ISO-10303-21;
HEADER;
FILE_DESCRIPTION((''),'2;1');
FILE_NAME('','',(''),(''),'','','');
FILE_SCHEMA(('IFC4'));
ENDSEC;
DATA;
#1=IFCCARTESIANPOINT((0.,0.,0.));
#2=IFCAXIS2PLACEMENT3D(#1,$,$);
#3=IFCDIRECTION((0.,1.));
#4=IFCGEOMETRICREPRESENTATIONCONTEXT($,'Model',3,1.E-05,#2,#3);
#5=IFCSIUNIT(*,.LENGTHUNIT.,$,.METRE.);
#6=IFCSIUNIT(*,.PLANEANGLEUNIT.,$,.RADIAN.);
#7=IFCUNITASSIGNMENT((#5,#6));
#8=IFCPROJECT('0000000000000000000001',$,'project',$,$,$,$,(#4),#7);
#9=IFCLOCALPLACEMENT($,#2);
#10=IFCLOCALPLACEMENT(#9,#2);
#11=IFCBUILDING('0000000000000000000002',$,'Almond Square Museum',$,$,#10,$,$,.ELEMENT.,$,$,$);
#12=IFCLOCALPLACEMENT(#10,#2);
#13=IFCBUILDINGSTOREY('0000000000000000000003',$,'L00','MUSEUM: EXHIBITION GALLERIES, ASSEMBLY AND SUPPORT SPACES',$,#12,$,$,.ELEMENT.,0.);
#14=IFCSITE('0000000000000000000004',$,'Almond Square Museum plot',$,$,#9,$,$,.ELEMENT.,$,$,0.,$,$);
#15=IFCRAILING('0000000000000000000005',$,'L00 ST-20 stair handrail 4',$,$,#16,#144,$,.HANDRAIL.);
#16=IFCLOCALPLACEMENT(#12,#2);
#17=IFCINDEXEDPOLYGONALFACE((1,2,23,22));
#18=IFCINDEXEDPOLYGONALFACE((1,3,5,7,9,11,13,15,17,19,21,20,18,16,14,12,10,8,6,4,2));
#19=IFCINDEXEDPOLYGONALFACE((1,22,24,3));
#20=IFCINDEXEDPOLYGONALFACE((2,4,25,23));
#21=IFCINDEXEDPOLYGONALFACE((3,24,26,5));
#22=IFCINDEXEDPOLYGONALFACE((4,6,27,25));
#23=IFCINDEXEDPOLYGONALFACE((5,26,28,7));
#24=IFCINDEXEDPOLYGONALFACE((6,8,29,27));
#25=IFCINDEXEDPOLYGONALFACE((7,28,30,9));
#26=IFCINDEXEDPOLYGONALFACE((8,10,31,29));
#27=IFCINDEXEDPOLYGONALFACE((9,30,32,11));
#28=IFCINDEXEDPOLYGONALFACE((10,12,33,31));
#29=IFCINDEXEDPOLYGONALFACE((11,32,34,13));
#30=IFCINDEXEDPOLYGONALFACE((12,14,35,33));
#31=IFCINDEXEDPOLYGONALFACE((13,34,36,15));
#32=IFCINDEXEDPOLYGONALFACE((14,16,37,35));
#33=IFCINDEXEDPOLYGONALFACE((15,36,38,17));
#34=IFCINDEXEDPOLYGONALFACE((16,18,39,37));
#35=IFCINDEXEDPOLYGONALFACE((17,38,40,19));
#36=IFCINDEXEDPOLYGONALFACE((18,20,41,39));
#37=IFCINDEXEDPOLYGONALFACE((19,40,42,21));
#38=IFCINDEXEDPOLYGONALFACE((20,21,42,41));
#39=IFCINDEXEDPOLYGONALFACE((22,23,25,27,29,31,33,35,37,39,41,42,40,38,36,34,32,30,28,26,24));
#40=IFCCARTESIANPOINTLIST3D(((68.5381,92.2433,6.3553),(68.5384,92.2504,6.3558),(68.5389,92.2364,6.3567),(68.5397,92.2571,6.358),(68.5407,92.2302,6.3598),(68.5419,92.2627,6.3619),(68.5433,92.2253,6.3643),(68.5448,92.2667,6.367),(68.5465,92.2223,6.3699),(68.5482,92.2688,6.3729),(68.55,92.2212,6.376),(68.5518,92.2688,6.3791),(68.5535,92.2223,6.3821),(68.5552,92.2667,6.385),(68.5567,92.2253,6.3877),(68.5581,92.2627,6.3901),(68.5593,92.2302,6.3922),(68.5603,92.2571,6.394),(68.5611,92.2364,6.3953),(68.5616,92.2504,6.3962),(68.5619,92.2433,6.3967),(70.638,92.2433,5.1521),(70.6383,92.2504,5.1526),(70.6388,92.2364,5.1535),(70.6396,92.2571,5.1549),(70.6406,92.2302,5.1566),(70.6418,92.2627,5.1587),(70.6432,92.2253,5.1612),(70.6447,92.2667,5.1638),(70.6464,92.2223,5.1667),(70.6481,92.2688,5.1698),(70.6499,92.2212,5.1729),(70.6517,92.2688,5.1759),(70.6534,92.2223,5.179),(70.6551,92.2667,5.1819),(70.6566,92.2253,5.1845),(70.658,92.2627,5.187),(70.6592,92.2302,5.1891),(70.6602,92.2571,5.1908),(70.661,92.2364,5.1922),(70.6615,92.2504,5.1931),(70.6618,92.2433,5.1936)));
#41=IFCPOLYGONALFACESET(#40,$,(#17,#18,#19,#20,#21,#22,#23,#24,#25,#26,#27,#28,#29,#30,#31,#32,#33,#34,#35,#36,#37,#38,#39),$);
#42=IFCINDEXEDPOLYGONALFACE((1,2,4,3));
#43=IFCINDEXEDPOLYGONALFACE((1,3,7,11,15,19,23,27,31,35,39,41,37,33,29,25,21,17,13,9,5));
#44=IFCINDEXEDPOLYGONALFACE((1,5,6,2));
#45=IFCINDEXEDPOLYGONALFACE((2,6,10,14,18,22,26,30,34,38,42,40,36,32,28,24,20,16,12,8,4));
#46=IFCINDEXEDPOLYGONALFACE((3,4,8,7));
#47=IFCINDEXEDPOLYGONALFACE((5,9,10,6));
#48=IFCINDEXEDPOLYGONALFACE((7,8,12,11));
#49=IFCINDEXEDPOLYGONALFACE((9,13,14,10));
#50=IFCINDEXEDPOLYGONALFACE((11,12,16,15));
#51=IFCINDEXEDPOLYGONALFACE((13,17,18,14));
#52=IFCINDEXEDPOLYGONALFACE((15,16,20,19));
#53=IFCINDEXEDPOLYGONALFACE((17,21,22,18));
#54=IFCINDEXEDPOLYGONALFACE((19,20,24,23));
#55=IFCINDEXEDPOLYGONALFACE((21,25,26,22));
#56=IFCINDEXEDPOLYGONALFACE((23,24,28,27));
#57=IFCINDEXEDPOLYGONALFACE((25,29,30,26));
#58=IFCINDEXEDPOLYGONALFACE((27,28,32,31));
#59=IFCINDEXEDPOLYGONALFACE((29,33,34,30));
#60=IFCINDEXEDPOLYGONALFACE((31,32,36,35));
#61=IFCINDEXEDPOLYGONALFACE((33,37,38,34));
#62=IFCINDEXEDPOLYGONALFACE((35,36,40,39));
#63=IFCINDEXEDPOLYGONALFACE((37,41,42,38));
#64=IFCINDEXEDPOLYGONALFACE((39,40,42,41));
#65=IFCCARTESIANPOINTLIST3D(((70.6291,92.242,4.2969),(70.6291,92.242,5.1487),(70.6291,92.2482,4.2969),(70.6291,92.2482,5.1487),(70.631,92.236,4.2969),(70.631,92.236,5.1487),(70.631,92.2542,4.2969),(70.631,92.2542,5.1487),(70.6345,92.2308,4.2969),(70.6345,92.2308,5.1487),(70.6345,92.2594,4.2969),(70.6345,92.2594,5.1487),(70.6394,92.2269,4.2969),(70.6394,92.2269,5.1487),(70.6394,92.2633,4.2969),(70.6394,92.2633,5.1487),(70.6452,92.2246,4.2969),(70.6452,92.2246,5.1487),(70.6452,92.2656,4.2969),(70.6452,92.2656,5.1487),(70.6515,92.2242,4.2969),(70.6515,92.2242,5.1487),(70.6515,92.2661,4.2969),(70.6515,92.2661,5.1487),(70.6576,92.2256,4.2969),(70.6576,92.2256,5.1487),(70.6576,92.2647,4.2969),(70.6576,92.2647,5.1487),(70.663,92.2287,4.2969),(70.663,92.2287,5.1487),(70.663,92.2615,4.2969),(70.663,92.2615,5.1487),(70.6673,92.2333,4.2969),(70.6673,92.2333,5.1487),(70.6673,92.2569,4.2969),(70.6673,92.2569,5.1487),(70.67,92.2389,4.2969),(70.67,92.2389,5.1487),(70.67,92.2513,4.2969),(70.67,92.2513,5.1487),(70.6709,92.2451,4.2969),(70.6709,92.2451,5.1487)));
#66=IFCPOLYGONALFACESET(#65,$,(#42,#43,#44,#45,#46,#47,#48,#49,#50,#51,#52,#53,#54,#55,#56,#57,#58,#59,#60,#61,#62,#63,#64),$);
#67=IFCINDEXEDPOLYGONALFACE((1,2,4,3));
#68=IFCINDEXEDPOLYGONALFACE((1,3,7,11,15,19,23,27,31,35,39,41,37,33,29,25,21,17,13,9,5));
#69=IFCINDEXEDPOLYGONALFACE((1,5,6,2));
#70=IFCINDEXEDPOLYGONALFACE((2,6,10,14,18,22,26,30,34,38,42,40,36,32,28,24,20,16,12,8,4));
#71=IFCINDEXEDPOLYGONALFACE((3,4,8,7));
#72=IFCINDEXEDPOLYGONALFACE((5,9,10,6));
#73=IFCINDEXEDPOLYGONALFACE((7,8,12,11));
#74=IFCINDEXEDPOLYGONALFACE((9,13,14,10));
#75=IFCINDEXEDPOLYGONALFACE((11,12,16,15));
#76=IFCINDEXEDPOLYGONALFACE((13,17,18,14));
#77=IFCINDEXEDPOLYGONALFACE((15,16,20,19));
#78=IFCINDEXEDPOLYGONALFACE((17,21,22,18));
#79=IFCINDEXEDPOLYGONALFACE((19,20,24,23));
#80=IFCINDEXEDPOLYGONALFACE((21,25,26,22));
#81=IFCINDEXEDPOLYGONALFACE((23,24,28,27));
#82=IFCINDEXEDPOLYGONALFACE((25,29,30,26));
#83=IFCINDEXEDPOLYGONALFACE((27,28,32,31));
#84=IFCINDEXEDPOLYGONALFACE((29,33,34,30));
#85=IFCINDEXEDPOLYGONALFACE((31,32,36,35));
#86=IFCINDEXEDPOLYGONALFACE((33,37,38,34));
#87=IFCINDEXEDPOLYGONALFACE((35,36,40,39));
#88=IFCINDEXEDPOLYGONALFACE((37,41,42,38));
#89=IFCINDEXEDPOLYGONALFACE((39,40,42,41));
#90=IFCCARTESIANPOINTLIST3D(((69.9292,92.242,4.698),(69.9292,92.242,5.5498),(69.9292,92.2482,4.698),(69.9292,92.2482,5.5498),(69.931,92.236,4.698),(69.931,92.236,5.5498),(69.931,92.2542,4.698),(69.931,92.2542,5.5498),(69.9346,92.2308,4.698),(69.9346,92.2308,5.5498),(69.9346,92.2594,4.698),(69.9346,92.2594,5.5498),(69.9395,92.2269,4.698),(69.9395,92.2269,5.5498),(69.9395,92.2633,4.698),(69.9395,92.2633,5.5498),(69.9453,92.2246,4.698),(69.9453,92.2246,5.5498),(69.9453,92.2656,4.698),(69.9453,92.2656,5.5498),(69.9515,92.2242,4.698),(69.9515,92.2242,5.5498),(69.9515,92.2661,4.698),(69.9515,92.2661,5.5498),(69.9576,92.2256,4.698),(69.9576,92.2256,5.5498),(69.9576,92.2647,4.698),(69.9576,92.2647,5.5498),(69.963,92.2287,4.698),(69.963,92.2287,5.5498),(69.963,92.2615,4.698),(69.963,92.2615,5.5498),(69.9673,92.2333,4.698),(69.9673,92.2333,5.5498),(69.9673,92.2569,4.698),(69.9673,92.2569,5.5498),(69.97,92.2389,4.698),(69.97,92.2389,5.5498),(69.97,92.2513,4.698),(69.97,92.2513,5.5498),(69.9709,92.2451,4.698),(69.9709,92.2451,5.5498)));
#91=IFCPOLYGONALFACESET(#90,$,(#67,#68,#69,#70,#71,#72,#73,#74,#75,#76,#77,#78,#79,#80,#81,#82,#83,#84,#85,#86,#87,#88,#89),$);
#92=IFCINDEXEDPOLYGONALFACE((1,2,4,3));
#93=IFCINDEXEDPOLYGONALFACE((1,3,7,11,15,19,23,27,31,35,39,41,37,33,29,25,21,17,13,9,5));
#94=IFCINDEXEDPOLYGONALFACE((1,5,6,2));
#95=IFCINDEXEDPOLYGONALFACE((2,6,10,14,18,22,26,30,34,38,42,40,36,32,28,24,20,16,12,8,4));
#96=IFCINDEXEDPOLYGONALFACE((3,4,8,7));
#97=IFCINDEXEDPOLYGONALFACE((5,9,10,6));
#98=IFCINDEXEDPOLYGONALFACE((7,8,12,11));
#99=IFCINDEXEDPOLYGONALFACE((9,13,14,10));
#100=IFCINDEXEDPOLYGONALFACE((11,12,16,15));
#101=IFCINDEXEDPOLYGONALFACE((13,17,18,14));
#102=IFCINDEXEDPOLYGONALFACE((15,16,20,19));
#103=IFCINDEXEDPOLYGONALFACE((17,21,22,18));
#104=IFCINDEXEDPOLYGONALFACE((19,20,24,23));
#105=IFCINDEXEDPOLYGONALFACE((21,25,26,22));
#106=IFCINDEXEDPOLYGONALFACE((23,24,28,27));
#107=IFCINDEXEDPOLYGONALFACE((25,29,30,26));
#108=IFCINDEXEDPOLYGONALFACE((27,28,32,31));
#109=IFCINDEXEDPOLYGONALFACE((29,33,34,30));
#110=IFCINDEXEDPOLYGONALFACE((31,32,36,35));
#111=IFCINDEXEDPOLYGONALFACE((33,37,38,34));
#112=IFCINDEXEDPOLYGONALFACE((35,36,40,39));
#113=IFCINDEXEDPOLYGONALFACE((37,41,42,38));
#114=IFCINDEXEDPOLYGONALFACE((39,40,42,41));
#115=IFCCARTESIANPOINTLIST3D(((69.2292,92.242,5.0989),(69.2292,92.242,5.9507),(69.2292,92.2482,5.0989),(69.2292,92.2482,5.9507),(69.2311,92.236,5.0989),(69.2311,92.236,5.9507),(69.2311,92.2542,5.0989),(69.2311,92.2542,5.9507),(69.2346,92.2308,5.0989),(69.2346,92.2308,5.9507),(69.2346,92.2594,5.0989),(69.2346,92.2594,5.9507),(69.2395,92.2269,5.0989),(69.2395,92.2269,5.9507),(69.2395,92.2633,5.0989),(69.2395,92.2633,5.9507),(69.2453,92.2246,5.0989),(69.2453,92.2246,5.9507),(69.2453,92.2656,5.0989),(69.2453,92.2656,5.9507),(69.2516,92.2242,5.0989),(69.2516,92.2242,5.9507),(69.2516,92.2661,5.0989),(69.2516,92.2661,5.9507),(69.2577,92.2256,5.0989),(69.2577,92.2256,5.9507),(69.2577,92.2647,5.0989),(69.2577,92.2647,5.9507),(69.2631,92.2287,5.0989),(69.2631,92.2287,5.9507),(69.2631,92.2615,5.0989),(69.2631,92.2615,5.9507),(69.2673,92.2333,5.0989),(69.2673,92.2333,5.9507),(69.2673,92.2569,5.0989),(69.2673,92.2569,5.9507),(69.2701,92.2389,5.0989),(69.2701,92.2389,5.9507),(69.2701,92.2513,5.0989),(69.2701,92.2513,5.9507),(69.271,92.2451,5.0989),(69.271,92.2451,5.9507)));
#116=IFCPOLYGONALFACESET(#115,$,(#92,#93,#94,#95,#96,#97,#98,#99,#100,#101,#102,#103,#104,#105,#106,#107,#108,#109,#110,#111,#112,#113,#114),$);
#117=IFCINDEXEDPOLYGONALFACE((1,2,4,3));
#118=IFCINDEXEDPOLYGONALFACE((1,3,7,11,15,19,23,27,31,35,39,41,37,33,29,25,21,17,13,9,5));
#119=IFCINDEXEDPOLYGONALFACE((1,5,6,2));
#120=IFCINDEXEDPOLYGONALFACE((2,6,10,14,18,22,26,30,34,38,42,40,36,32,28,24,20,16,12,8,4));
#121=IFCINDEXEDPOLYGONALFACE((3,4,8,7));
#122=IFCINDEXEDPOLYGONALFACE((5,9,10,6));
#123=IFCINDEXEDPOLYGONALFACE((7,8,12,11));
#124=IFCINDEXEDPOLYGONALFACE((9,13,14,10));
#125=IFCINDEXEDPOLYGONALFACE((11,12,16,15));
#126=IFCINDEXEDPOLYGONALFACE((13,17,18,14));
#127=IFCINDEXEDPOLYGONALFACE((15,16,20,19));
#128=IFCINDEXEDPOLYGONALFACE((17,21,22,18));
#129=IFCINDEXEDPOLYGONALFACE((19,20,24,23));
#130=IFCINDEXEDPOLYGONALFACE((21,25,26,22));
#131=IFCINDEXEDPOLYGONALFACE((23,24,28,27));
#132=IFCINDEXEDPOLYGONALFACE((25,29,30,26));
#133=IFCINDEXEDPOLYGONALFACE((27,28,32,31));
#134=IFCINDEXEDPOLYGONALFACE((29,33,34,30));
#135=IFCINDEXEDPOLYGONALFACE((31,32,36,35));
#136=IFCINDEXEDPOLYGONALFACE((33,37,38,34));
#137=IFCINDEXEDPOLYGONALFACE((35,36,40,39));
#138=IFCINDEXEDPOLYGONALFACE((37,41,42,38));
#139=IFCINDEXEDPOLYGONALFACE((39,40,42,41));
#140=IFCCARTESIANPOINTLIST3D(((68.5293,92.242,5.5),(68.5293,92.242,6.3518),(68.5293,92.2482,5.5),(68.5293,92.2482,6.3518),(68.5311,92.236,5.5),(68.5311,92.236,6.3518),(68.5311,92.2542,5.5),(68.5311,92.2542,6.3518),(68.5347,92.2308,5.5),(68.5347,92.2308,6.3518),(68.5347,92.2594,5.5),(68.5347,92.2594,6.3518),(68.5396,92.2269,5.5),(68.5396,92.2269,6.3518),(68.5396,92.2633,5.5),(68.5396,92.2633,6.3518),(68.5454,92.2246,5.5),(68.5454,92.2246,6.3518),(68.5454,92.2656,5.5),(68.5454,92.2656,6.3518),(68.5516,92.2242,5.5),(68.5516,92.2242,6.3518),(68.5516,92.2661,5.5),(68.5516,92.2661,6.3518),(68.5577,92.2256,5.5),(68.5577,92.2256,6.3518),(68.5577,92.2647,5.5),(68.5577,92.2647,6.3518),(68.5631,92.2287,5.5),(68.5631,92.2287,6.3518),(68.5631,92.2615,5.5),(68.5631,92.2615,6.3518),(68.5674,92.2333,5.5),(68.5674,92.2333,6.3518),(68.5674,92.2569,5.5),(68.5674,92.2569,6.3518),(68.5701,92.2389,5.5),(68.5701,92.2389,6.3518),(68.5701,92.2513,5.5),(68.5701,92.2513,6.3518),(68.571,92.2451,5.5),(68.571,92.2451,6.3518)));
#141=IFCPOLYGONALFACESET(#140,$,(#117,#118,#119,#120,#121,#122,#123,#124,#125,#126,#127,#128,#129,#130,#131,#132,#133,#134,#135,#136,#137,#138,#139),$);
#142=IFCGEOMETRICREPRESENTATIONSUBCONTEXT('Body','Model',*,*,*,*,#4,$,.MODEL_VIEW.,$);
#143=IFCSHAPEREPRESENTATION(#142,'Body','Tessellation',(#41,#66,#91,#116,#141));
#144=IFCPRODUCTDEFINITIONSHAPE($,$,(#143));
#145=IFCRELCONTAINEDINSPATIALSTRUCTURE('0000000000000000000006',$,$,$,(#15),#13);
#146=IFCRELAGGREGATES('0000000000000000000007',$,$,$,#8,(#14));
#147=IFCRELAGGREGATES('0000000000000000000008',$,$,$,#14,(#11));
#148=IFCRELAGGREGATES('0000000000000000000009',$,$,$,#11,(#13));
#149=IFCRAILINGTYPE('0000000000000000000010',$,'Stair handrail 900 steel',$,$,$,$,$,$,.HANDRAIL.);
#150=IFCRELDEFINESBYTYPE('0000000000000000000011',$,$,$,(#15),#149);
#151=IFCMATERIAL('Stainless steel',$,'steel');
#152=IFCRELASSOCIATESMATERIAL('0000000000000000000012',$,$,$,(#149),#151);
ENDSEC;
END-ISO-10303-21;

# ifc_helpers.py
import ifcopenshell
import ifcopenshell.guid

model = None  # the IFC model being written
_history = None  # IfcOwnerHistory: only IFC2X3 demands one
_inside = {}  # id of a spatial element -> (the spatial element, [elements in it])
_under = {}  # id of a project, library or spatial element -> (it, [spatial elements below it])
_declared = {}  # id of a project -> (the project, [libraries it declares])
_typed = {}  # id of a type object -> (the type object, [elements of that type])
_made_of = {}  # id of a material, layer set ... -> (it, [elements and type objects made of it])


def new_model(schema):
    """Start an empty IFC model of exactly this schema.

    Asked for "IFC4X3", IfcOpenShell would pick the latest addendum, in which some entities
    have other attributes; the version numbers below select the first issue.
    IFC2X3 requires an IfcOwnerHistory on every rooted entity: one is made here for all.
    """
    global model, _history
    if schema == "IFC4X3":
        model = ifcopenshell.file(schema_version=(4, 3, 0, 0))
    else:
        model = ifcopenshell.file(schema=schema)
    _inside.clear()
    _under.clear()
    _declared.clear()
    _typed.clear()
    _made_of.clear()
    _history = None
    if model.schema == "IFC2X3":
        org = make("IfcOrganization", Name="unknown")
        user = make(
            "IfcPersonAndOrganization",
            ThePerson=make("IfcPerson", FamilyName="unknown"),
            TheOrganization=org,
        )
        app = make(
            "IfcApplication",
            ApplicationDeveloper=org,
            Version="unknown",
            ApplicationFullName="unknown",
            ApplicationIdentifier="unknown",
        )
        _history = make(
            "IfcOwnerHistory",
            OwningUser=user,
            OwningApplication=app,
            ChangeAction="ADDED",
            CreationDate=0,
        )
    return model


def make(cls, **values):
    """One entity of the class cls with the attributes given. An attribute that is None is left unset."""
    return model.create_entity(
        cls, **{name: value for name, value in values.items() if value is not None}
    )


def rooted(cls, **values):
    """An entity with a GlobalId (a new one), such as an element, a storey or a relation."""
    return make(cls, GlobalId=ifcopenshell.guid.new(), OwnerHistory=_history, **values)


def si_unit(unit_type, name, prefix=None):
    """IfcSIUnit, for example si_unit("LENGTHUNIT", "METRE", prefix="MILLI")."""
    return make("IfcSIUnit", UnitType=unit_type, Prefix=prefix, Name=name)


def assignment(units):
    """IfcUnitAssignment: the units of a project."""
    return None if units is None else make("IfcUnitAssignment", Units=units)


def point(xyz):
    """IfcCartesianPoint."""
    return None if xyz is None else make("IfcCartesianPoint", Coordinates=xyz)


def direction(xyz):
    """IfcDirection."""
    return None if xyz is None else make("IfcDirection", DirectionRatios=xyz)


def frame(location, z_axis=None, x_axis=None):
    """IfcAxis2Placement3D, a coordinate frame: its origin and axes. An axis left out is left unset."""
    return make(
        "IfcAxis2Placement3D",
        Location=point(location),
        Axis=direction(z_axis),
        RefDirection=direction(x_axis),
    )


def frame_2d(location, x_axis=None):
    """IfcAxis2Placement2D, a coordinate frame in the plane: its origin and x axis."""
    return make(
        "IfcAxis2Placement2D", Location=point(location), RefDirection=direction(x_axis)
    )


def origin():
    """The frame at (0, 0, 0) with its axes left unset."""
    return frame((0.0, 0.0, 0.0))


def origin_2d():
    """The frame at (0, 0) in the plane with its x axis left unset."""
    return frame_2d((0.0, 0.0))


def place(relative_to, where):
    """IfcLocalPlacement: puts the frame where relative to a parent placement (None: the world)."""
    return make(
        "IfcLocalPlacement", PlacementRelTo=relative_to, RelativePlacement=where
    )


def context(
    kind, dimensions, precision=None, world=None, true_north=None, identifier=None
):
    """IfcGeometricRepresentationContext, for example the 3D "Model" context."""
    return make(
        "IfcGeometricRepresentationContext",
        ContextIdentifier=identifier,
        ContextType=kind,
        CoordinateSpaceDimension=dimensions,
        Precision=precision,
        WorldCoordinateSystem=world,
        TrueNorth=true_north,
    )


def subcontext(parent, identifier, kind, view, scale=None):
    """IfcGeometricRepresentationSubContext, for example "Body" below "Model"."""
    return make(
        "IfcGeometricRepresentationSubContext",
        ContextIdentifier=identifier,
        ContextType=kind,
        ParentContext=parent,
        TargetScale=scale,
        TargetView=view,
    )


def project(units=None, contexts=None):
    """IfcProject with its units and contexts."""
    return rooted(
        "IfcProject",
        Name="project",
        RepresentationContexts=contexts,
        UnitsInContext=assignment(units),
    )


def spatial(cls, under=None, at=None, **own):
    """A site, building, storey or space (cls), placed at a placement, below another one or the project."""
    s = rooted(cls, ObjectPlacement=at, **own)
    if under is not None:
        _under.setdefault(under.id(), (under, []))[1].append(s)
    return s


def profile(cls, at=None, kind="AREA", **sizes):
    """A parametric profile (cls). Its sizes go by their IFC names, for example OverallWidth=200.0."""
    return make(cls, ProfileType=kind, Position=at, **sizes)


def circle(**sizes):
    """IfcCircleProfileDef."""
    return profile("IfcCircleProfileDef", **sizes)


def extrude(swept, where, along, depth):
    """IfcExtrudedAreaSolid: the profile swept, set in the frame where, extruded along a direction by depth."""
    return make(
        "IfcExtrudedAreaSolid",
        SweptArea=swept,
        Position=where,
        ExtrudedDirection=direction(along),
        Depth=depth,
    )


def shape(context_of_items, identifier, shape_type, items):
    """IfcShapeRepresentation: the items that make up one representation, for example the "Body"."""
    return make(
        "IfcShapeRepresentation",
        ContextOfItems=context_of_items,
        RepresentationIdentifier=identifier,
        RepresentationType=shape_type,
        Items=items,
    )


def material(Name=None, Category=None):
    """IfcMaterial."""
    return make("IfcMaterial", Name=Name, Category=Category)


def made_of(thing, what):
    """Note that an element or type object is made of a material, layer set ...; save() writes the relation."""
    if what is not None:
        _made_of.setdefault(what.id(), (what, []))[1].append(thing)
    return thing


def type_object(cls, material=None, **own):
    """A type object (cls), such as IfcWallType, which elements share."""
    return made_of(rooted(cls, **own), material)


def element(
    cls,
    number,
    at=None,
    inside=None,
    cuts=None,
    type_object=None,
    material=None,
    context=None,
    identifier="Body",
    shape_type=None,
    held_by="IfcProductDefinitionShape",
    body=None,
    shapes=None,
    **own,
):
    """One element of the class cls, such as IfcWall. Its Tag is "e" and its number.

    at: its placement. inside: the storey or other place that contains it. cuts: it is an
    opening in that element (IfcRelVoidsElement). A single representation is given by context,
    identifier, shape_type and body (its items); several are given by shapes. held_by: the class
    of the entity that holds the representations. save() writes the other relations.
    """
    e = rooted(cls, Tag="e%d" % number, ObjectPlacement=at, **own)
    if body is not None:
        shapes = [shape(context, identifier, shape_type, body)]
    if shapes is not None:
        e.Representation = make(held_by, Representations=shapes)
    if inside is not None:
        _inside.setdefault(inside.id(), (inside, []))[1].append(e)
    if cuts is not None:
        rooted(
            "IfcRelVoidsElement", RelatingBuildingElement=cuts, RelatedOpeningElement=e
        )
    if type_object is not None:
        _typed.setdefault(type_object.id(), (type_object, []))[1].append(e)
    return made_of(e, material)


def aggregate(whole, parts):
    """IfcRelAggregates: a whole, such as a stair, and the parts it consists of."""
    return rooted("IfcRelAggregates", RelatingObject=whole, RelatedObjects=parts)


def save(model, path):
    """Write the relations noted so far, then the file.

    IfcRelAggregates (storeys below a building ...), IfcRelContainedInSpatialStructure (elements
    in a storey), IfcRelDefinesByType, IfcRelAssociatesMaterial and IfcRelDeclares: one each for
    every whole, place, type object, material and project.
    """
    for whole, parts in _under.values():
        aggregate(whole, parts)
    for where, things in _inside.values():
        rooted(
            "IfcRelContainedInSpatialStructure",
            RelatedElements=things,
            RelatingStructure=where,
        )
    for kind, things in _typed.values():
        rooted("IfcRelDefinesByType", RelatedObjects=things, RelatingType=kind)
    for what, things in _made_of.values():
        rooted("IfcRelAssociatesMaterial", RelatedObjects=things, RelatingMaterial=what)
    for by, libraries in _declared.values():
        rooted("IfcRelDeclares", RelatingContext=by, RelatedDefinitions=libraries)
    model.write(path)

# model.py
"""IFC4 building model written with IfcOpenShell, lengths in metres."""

from ifc_helpers import new_model, si_unit, direction, frame, origin, origin_2d, place, context, subcontext, project, spatial, circle, extrude, material, type_object, element, save


model = new_model("IFC4")

# Units and contexts
model_context = context("Model", 3, precision=1e-05, world=origin(), true_north=direction((0.0, 1.0)))
body_context = subcontext(model_context, "Body", "Model", "MODEL_VIEW")
ifc_project = project(units=[si_unit("LENGTHUNIT", "METRE"), si_unit("PLANEANGLEUNIT", "RADIAN")], contexts=[model_context])

# Site, building, storey
site_placement = place(None, origin())
site = spatial("IfcSite", under=ifc_project, at=site_placement, Name="Almond Square Museum plot", CompositionType="ELEMENT", RefElevation=0.0)
building_placement = place(site_placement, origin())
building = spatial("IfcBuilding", under=site, at=building_placement, Name="Almond Square Museum", CompositionType="ELEMENT")
storey_placement = place(building_placement, origin())
storey = spatial("IfcBuildingStorey", under=building, at=storey_placement, Name="L00", Description="MUSEUM: EXHIBITION GALLERIES, ASSEMBLY AND SUPPORT SPACES", CompositionType="ELEMENT", Elevation=0.0)

# Railing
ifc_material_1 = material(Name="Stainless steel", Category="steel")
railing_type_1 = type_object("IfcRailingType", Name="Stair handrail 900 steel", PredefinedType="HANDRAIL", material=ifc_material_1)
railing_1_placement = place(storey_placement, frame((70.6499, 92.2451, 4.2969)))
element("IfcRailing", 1, at=railing_1_placement, inside=storey, type_object=railing_type_1, Name="L00 ST-20 stair handrail 4", PredefinedType="HANDRAIL", context=body_context, shape_type="SweptSolid", body=[
    extrude(circle(Radius=0.0239, at=origin_2d()), frame((0.0, 0.0, 0.876), z_axis=(-0.867671, 0.0, 0.497138), x_axis=(0.0, -1.0, 0.0)), (0.0, 0.0, 1.0), 2.4202),
    extrude(circle(Radius=0.021, at=origin_2d()), origin(), (0.0, 0.0, 1.0), 0.8518),
    extrude(circle(Radius=0.021, at=origin_2d()), frame((-0.7, 0.0, 0.4011)), (0.0, 0.0, 1.0), 0.8518),
    extrude(circle(Radius=0.021, at=origin_2d()), frame((-1.3999, 0.0, 0.802)), (0.0, 0.0, 1.0), 0.8518),
    extrude(circle(Radius=0.021, at=origin_2d()), frame((-2.0999, 0.0, 1.2031)), (0.0, 0.0, 1.0), 0.8518),
])

save(model, "model.ifc")
